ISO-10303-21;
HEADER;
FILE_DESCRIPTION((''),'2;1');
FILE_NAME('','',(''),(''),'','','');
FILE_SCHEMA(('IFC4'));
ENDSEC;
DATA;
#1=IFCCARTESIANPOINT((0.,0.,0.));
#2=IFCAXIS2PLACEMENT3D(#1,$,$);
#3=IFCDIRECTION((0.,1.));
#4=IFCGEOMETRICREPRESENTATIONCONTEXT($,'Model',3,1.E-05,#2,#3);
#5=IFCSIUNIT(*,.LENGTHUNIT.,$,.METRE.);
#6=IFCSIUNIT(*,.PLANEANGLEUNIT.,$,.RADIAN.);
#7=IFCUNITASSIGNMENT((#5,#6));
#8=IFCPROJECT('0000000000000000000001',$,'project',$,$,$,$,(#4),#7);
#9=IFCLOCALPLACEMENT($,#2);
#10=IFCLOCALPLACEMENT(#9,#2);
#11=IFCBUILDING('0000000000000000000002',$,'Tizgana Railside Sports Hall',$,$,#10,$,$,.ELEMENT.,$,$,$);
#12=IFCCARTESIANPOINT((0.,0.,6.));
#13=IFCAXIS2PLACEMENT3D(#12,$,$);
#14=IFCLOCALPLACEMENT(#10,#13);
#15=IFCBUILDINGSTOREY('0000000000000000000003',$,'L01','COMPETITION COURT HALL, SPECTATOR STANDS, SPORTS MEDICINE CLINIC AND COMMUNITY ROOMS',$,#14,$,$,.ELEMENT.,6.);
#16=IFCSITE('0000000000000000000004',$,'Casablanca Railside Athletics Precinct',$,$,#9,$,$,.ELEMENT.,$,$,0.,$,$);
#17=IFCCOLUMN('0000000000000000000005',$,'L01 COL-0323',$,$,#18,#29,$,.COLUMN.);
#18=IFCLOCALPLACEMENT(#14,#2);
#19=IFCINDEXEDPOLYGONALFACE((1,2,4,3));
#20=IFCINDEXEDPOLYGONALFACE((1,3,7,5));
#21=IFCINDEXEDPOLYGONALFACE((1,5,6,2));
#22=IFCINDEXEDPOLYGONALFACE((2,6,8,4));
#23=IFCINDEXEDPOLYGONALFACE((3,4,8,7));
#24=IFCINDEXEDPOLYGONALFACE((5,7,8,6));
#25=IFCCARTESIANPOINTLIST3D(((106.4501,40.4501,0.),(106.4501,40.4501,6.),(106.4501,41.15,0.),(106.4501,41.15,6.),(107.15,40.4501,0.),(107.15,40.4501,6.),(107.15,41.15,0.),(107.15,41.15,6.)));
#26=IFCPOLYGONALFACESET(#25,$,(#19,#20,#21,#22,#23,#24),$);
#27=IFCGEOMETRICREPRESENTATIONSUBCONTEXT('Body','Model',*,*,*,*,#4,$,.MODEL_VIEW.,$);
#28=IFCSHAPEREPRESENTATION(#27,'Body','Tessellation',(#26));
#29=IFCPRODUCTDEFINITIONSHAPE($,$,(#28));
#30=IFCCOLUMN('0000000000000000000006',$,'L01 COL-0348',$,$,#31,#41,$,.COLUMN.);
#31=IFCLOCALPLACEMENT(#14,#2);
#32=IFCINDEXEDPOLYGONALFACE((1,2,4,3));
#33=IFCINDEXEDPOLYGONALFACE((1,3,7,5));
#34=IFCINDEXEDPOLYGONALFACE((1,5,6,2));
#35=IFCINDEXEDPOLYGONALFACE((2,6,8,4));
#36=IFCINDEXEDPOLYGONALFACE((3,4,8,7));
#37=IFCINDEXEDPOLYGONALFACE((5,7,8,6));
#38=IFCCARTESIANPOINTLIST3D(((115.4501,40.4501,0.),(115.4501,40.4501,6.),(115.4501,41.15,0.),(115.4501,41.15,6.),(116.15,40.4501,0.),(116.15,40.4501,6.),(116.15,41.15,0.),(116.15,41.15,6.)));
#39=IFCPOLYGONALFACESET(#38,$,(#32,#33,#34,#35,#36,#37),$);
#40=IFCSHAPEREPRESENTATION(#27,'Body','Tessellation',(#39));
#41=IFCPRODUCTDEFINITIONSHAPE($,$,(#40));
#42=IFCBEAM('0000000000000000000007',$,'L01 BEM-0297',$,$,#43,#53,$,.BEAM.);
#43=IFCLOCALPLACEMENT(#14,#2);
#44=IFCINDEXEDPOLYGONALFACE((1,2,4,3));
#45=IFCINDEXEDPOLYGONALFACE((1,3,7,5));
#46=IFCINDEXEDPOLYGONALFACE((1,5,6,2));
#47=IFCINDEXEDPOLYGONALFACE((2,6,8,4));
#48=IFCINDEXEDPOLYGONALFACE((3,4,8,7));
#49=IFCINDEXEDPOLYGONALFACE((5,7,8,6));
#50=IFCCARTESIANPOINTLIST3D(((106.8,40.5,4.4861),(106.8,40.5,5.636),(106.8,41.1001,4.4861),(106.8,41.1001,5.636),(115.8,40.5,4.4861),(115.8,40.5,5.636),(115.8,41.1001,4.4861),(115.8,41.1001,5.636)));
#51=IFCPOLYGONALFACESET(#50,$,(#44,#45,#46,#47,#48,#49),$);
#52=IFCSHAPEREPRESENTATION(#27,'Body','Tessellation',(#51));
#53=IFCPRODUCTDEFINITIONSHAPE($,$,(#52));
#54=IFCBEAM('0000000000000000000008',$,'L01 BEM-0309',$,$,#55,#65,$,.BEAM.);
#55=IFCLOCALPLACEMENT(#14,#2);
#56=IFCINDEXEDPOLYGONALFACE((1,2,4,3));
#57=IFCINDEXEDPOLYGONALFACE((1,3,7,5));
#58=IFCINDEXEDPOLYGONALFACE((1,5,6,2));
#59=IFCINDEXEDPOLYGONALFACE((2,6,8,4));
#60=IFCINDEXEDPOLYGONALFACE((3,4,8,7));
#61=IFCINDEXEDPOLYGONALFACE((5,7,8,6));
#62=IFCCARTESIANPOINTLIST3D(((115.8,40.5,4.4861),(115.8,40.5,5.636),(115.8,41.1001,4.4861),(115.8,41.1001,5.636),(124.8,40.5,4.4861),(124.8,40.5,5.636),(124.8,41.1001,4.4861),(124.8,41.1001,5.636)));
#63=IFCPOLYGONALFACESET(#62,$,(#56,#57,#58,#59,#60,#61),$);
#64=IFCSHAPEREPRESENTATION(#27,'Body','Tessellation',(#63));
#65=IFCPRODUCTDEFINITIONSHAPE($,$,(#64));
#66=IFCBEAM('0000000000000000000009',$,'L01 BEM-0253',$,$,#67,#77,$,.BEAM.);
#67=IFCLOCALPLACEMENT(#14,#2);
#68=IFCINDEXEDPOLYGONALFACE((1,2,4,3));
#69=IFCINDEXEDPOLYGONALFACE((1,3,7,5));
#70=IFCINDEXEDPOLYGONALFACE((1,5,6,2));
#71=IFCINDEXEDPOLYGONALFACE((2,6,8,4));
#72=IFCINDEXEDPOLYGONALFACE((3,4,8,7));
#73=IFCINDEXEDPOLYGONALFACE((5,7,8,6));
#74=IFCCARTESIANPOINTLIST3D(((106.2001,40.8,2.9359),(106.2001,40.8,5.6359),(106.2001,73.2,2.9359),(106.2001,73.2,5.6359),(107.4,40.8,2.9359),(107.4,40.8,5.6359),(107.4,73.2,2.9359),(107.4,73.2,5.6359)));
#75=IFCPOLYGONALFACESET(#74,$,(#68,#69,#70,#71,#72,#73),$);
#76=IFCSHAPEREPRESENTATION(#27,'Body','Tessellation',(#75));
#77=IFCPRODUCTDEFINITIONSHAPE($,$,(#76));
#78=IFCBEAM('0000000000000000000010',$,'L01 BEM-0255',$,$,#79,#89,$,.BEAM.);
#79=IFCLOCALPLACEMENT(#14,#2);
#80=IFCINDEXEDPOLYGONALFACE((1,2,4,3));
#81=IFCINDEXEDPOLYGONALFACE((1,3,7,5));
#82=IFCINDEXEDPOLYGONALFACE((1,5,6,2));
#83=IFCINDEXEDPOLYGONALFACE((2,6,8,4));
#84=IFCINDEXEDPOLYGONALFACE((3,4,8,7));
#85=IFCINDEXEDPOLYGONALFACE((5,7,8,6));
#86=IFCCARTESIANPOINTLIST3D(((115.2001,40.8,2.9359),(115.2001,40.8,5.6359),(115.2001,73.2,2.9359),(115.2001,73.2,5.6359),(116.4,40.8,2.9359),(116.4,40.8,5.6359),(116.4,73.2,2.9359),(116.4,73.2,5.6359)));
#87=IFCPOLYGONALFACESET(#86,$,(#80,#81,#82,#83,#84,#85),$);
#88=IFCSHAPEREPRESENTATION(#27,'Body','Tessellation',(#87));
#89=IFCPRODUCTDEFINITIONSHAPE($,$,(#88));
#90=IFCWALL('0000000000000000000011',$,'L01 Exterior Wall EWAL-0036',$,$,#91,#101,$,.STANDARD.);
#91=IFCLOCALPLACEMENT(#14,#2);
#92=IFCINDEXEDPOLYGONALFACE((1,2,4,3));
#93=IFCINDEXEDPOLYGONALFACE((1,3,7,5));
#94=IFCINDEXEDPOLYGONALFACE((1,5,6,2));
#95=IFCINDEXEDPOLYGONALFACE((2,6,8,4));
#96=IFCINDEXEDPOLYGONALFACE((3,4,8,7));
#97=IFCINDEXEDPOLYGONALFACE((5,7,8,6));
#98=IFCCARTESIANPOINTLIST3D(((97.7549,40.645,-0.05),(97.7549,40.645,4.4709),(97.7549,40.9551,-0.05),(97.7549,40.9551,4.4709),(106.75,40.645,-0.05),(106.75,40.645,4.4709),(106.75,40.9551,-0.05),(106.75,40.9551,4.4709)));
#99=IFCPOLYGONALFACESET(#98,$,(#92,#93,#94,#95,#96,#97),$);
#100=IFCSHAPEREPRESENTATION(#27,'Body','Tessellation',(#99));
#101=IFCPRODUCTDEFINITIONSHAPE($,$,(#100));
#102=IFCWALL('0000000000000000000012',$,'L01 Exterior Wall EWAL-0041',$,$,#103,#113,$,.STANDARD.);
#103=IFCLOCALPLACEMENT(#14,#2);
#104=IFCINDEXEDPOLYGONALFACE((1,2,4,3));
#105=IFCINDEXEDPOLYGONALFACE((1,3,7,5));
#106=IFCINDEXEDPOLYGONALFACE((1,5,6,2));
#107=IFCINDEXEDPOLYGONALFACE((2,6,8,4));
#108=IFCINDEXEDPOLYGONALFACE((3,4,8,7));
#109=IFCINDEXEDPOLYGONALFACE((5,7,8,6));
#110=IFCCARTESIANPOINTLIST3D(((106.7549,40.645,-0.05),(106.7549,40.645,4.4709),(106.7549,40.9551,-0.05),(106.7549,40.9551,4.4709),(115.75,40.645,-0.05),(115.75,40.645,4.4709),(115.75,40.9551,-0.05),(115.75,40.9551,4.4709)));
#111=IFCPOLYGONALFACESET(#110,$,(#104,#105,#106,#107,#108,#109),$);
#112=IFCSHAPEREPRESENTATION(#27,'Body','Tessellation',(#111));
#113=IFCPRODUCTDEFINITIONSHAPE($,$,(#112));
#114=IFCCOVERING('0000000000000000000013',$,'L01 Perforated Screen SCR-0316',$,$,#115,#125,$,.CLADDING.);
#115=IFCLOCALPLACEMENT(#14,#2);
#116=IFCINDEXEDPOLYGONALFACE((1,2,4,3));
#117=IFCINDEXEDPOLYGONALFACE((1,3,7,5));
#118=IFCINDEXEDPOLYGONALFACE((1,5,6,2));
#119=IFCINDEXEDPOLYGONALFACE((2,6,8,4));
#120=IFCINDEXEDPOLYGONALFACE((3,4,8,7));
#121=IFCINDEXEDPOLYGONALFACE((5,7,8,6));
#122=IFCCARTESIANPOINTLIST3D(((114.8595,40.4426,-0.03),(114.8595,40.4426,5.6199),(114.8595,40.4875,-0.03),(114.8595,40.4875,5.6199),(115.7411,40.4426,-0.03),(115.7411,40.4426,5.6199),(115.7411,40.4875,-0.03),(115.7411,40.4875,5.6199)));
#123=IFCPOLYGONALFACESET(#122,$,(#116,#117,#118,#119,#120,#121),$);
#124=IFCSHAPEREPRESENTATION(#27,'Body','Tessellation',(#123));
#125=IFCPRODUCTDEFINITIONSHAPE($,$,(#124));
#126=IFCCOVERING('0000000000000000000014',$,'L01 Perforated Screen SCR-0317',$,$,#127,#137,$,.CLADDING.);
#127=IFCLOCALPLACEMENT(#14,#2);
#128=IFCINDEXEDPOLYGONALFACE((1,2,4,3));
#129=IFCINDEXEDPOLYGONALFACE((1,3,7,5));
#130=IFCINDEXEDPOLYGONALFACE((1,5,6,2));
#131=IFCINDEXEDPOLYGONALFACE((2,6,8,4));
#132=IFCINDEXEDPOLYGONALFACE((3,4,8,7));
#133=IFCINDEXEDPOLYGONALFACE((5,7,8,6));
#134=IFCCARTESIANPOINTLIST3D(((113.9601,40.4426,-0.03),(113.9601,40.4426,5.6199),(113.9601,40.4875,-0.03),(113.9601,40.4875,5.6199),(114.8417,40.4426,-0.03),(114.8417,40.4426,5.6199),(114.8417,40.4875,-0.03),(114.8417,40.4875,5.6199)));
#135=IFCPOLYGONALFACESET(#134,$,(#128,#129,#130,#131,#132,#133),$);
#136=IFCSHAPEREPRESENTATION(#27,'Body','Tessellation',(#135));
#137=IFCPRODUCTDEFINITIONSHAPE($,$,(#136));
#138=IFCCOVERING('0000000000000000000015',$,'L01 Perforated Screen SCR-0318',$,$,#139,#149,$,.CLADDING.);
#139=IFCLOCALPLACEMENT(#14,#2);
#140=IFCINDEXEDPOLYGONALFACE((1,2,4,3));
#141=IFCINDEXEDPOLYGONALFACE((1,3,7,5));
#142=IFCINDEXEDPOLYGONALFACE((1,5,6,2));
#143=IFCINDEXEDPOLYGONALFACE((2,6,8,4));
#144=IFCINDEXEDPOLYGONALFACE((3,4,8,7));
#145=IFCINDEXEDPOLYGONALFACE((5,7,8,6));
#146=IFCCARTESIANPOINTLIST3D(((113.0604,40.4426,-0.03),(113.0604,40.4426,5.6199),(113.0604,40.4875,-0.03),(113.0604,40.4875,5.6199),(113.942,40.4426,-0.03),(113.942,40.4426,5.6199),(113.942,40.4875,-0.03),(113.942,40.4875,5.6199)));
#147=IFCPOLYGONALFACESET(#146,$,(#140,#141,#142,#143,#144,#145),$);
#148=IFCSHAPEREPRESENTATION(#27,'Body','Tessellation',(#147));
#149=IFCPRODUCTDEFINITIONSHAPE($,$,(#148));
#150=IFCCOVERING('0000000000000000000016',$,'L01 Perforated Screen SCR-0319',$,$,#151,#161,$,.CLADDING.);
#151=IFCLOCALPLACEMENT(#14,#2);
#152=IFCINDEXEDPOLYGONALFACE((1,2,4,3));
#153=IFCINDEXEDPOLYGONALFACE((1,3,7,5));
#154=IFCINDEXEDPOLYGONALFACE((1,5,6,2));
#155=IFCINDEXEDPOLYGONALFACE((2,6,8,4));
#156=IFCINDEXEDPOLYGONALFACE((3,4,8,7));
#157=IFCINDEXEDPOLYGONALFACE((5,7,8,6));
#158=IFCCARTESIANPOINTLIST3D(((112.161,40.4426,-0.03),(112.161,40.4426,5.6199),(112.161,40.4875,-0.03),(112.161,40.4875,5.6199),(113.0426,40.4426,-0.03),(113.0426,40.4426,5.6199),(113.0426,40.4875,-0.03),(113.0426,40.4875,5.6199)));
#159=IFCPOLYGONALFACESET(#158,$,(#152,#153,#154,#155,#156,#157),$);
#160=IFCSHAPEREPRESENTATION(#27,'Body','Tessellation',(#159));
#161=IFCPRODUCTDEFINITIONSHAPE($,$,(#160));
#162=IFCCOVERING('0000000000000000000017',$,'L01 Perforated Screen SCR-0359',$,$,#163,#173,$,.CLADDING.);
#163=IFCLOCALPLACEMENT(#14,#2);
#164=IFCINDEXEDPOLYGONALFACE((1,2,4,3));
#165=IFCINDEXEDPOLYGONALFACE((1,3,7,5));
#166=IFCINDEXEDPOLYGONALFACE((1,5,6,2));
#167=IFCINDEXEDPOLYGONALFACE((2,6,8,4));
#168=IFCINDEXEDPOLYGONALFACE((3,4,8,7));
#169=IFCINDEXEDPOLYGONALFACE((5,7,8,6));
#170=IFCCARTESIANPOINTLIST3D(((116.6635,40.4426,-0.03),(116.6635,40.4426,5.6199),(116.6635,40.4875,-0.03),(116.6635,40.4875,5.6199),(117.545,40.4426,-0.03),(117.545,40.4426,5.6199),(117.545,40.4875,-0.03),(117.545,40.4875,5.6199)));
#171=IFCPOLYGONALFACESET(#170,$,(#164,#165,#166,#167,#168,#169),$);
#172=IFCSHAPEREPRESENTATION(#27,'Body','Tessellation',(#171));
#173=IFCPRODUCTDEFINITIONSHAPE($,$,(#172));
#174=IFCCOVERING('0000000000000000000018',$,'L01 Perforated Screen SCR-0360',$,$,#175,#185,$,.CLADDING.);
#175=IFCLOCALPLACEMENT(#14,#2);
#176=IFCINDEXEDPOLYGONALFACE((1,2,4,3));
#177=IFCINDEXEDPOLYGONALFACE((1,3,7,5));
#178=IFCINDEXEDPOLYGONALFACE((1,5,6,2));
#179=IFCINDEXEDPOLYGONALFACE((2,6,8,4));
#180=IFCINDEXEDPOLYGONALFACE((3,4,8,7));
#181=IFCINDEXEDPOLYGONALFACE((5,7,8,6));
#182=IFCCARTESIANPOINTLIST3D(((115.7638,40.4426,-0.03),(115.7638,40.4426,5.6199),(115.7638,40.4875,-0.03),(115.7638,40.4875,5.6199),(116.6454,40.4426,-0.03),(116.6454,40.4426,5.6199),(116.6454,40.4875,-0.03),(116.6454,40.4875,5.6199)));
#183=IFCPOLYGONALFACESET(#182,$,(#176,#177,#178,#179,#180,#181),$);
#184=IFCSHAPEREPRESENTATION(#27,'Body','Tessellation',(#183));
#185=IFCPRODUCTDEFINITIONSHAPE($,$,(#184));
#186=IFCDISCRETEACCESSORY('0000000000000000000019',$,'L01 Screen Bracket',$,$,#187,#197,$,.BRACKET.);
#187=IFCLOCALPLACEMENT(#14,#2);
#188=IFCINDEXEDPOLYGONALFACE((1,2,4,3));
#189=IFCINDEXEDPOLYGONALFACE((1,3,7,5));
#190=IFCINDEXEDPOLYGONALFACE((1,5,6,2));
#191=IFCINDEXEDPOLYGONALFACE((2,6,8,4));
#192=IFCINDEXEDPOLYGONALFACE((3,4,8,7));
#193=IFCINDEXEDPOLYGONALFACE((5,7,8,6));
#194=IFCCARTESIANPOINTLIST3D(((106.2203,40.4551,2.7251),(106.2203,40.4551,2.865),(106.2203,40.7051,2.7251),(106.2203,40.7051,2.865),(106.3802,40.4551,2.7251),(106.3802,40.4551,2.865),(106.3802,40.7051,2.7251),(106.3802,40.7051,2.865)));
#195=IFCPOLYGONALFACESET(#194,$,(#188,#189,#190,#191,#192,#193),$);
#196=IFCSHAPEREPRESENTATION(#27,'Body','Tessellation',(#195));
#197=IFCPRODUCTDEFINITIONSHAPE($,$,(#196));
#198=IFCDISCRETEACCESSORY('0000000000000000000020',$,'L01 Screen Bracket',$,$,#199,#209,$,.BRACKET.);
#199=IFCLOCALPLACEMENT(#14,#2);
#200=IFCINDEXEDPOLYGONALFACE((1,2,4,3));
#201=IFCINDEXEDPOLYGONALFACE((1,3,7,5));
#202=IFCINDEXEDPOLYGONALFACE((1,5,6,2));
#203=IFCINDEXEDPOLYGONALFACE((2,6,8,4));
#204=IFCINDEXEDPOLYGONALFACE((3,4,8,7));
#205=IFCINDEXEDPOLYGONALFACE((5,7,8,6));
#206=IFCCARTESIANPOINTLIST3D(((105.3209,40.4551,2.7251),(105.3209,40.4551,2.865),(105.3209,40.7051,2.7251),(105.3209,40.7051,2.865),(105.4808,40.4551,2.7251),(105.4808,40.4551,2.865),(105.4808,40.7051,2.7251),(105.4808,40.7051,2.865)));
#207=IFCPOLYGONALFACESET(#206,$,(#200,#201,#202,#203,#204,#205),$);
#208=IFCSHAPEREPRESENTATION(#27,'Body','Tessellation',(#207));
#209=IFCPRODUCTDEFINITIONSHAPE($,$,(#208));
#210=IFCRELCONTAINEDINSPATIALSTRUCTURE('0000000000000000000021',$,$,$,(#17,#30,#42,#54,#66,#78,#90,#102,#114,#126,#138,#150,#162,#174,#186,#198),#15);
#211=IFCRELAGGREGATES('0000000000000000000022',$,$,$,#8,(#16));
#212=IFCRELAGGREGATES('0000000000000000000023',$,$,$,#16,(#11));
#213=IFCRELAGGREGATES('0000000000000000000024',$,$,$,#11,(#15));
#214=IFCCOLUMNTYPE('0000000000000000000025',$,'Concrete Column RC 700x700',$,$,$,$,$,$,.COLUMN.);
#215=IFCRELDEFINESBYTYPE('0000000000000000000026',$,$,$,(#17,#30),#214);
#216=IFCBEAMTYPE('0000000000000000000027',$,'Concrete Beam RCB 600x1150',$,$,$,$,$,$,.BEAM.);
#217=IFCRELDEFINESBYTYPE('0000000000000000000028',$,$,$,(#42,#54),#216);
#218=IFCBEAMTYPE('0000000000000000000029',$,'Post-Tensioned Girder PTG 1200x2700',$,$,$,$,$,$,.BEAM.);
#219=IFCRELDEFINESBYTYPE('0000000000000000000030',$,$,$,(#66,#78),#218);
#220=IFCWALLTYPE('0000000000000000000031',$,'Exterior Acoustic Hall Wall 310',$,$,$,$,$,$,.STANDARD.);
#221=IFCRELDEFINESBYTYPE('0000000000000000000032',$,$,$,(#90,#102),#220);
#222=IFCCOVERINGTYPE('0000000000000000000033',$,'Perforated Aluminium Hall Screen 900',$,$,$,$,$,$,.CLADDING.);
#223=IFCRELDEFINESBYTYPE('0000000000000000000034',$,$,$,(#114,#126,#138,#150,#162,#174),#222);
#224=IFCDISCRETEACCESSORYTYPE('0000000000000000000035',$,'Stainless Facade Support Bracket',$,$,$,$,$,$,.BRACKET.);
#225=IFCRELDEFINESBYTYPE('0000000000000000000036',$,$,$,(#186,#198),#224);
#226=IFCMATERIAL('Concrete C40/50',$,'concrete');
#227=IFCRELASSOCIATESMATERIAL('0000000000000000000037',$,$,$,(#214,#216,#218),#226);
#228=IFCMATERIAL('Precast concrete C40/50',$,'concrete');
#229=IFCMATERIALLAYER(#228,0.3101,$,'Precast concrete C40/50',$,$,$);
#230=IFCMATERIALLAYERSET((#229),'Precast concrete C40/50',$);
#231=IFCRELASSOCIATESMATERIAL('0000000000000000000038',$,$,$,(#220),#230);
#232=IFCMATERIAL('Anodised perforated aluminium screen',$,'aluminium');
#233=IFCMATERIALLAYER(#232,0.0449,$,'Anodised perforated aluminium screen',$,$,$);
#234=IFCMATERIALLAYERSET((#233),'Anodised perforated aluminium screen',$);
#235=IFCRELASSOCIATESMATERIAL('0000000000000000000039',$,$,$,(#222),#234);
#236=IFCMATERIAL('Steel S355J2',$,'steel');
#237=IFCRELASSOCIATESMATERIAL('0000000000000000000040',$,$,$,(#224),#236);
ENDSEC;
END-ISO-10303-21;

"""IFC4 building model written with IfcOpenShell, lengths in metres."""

from ifc_helpers import new_model, si_unit, direction, frame, frame_2d, origin, origin_2d, place, context, subcontext, project, spatial, rectangle, extrude, material, layer, layer_set, material_profile, profile_set, type_object, element, save


model = new_model("IFC4")

# Units and contexts
model_context = context("Model", 3, precision=1e-05, world=origin(), true_north=direction((0.0, 1.0)))
body_context = subcontext(model_context, "Body", "Model", "MODEL_VIEW")
ifc_project = project(units=[si_unit("LENGTHUNIT", "METRE"), si_unit("PLANEANGLEUNIT", "RADIAN")], contexts=[model_context])

# Site, building, storey
site_placement = place(None, origin())
site = spatial("IfcSite", under=ifc_project, at=site_placement, Name="Casablanca Railside Athletics Precinct", CompositionType="ELEMENT", RefElevation=0.0)
building_placement = place(site_placement, origin())
building = spatial("IfcBuilding", under=site, at=building_placement, Name="Tizgana Railside Sports Hall", CompositionType="ELEMENT")
storey_placement = place(building_placement, frame((0.0, 0.0, 6.0)))
storey = spatial("IfcBuildingStorey", under=building, at=storey_placement, Name="L01", Description="COMPETITION COURT HALL, SPECTATOR STANDS, SPORTS MEDICINE CLINIC AND COMMUNITY ROOMS", CompositionType="ELEMENT", Elevation=6.0)

# Columns
ifc_material_1 = material(Name="Concrete C40/50", Category="concrete")
ifc_material_profile_1 = material_profile(ifc_material_1, rectangle(XDim=0.7, YDim=0.7, at=origin_2d()), Name="RC 700x700")
ifc_profile_set_1 = profile_set([ifc_material_profile_1], Name="Concrete C40/50")
column_type = type_object("IfcColumnType", Name="Concrete Column RC 700x700", PredefinedType="COLUMN", material=ifc_profile_set_1)
for number, where, z_axis, x_axis, name in (
    (1, (106.8, 40.8, 0.0), (0.0, 0.0, 1.0), (1.0, 0.0, 0.0), "L01 COL-0323"),
    (2, (115.8, 40.8, 0.0), (0.0, 0.0, 1.0), (1.0, 0.0, 0.0), "L01 COL-0348"),
):
    element("IfcColumn", number, at=place(storey_placement, frame(where, z_axis=z_axis, x_axis=x_axis)), inside=storey, type_object=column_type, Name=name, PredefinedType="COLUMN", context=body_context, shape_type="SweptSolid", body=[
        extrude(rectangle(XDim=0.7, YDim=0.7, at=origin_2d()), origin(), (0.0, 0.0, 1.0), 6.0),
    ])

# Beams
ifc_material_profile_2 = material_profile(ifc_material_1, rectangle(XDim=0.6001, YDim=1.1499, at=origin_2d()), Name="RCB 600x1150")
ifc_profile_set_2 = profile_set([ifc_material_profile_2], Name="Concrete C40/50")
beam_type_1 = type_object("IfcBeamType", Name="Concrete Beam RCB 600x1150", PredefinedType="BEAM", material=ifc_profile_set_2)
for number, where, z_axis, x_axis, name in (
    (3, (106.8, 40.8, 5.061), (1.0, 0.0, 0.0), (0.0, 1.0, 0.0), "L01 BEM-0297"),
    (4, (115.8, 40.8, 5.061), (1.0, 0.0, 0.0), (0.0, 1.0, 0.0), "L01 BEM-0309"),
):
    element("IfcBeam", number, at=place(storey_placement, frame(where, z_axis=z_axis, x_axis=x_axis)), inside=storey, type_object=beam_type_1, Name=name, PredefinedType="BEAM", context=body_context, shape_type="SweptSolid", body=[
        extrude(rectangle(XDim=0.6001, YDim=1.1499, at=origin_2d()), origin(), (0.0, 0.0, 1.0), 9.0),
    ])
ifc_material_profile_3 = material_profile(ifc_material_1, rectangle(XDim=1.2, YDim=2.7, at=origin_2d()), Name="PTG 1200x2700")
ifc_profile_set_3 = profile_set([ifc_material_profile_3], Name="Concrete C40/50")
beam_type_2 = type_object("IfcBeamType", Name="Post-Tensioned Girder PTG 1200x2700", PredefinedType="BEAM", material=ifc_profile_set_3)
for number, where, z_axis, x_axis, name in (
    (5, (106.8, 40.8, 4.2859), (0.0, 1.0, 0.0), (-1.0, 0.0, 0.0), "L01 BEM-0253"),
    (6, (115.8, 40.8, 4.2859), (0.0, 1.0, 0.0), (-1.0, 0.0, 0.0), "L01 BEM-0255"),
):
    element("IfcBeam", number, at=place(storey_placement, frame(where, z_axis=z_axis, x_axis=x_axis)), inside=storey, type_object=beam_type_2, Name=name, PredefinedType="BEAM", context=body_context, shape_type="SweptSolid", body=[
        extrude(rectangle(XDim=1.2, YDim=2.7, at=origin_2d()), origin(), (0.0, 0.0, 1.0), 32.3999),
    ])

# Walls
ifc_material_2 = material(Name="Precast concrete C40/50", Category="concrete")
ifc_layer_1 = layer(ifc_material_2, 0.3101, Name="Precast concrete C40/50")
ifc_layer_set_1 = layer_set([ifc_layer_1], Name="Precast concrete C40/50")
wall_type = type_object("IfcWallType", Name="Exterior Acoustic Hall Wall 310", PredefinedType="STANDARD", material=ifc_layer_set_1)
for number, where, z_axis, x_axis, name in (
    (7, (106.75, 40.8, -0.05), (0.0, 0.0, 1.0), (-1.0, 0.0, 0.0), "L01 Exterior Wall EWAL-0036"),
    (8, (115.75, 40.8, -0.05), (0.0, 0.0, 1.0), (-1.0, 0.0, 0.0), "L01 Exterior Wall EWAL-0041"),
):
    element("IfcWall", number, at=place(storey_placement, frame(where, z_axis=z_axis, x_axis=x_axis)), inside=storey, type_object=wall_type, Name=name, PredefinedType="STANDARD", context=body_context, shape_type="SweptSolid", body=[
        extrude(rectangle(XDim=8.9951, YDim=0.3101, at=frame_2d((4.4976, 0.0))), origin(), (0.0, 0.0, 1.0), 4.521),
    ])

# Coverings
ifc_material_3 = material(Name="Anodised perforated aluminium screen", Category="aluminium")
ifc_layer_2 = layer(ifc_material_3, 0.0449, Name="Anodised perforated aluminium screen")
ifc_layer_set_2 = layer_set([ifc_layer_2], Name="Anodised perforated aluminium screen")
covering_type = type_object("IfcCoveringType", Name="Perforated Aluminium Hall Screen 900", PredefinedType="CLADDING", material=ifc_layer_set_2)
for number, where, z_axis, x_axis, name in (
    (9, (115.3003, 40.4651, -0.03), (0.0, 0.0, 1.0), (-1.0, 0.0, 0.0), "L01 Perforated Screen SCR-0316"),
    (10, (114.4009, 40.4651, -0.03), (0.0, 0.0, 1.0), (-1.0, 0.0, 0.0), "L01 Perforated Screen SCR-0317"),
    (11, (113.5012, 40.4651, -0.03), (0.0, 0.0, 1.0), (-1.0, 0.0, 0.0), "L01 Perforated Screen SCR-0318"),
    (12, (112.6018, 40.4651, -0.03), (0.0, 0.0, 1.0), (-1.0, 0.0, 0.0), "L01 Perforated Screen SCR-0319"),
    (13, (117.1042, 40.4651, -0.03), (0.0, 0.0, 1.0), (-1.0, 0.0, 0.0), "L01 Perforated Screen SCR-0359"),
    (14, (116.2046, 40.4651, -0.03), (0.0, 0.0, 1.0), (-1.0, 0.0, 0.0), "L01 Perforated Screen SCR-0360"),
):
    element("IfcCovering", number, at=place(storey_placement, frame(where, z_axis=z_axis, x_axis=x_axis)), inside=storey, type_object=covering_type, Name=name, PredefinedType="CLADDING", context=body_context, shape_type="SweptSolid", body=[
        extrude(rectangle(XDim=0.8816, YDim=0.0449, at=origin_2d()), origin(), (0.0, 0.0, 1.0), 5.6499),
    ])

# Discrete accessories
ifc_material_4 = material(Name="Steel S355J2", Category="steel")
discrete_accessory_type = type_object("IfcDiscreteAccessoryType", Name="Stainless Facade Support Bracket", PredefinedType="BRACKET", material=ifc_material_4)
for number, where, z_axis, x_axis, name in (
    (15, (106.3003, 40.5801, 2.7251), (0.0, 0.0, 1.0), (-1.0, 0.0, 0.0), "L01 Screen Bracket"),
    (16, (105.4009, 40.5801, 2.7251), (0.0, 0.0, 1.0), (-1.0, 0.0, 0.0), "L01 Screen Bracket"),
):
    element("IfcDiscreteAccessory", number, at=place(storey_placement, frame(where, z_axis=z_axis, x_axis=x_axis)), inside=storey, type_object=discrete_accessory_type, Name=name, PredefinedType="BRACKET", context=body_context, shape_type="SweptSolid", body=[
        extrude(rectangle(XDim=0.1599, YDim=0.25, at=origin_2d()), origin(), (0.0, 0.0, 1.0), 0.1399),
    ])

save(model, "model.ifc")
